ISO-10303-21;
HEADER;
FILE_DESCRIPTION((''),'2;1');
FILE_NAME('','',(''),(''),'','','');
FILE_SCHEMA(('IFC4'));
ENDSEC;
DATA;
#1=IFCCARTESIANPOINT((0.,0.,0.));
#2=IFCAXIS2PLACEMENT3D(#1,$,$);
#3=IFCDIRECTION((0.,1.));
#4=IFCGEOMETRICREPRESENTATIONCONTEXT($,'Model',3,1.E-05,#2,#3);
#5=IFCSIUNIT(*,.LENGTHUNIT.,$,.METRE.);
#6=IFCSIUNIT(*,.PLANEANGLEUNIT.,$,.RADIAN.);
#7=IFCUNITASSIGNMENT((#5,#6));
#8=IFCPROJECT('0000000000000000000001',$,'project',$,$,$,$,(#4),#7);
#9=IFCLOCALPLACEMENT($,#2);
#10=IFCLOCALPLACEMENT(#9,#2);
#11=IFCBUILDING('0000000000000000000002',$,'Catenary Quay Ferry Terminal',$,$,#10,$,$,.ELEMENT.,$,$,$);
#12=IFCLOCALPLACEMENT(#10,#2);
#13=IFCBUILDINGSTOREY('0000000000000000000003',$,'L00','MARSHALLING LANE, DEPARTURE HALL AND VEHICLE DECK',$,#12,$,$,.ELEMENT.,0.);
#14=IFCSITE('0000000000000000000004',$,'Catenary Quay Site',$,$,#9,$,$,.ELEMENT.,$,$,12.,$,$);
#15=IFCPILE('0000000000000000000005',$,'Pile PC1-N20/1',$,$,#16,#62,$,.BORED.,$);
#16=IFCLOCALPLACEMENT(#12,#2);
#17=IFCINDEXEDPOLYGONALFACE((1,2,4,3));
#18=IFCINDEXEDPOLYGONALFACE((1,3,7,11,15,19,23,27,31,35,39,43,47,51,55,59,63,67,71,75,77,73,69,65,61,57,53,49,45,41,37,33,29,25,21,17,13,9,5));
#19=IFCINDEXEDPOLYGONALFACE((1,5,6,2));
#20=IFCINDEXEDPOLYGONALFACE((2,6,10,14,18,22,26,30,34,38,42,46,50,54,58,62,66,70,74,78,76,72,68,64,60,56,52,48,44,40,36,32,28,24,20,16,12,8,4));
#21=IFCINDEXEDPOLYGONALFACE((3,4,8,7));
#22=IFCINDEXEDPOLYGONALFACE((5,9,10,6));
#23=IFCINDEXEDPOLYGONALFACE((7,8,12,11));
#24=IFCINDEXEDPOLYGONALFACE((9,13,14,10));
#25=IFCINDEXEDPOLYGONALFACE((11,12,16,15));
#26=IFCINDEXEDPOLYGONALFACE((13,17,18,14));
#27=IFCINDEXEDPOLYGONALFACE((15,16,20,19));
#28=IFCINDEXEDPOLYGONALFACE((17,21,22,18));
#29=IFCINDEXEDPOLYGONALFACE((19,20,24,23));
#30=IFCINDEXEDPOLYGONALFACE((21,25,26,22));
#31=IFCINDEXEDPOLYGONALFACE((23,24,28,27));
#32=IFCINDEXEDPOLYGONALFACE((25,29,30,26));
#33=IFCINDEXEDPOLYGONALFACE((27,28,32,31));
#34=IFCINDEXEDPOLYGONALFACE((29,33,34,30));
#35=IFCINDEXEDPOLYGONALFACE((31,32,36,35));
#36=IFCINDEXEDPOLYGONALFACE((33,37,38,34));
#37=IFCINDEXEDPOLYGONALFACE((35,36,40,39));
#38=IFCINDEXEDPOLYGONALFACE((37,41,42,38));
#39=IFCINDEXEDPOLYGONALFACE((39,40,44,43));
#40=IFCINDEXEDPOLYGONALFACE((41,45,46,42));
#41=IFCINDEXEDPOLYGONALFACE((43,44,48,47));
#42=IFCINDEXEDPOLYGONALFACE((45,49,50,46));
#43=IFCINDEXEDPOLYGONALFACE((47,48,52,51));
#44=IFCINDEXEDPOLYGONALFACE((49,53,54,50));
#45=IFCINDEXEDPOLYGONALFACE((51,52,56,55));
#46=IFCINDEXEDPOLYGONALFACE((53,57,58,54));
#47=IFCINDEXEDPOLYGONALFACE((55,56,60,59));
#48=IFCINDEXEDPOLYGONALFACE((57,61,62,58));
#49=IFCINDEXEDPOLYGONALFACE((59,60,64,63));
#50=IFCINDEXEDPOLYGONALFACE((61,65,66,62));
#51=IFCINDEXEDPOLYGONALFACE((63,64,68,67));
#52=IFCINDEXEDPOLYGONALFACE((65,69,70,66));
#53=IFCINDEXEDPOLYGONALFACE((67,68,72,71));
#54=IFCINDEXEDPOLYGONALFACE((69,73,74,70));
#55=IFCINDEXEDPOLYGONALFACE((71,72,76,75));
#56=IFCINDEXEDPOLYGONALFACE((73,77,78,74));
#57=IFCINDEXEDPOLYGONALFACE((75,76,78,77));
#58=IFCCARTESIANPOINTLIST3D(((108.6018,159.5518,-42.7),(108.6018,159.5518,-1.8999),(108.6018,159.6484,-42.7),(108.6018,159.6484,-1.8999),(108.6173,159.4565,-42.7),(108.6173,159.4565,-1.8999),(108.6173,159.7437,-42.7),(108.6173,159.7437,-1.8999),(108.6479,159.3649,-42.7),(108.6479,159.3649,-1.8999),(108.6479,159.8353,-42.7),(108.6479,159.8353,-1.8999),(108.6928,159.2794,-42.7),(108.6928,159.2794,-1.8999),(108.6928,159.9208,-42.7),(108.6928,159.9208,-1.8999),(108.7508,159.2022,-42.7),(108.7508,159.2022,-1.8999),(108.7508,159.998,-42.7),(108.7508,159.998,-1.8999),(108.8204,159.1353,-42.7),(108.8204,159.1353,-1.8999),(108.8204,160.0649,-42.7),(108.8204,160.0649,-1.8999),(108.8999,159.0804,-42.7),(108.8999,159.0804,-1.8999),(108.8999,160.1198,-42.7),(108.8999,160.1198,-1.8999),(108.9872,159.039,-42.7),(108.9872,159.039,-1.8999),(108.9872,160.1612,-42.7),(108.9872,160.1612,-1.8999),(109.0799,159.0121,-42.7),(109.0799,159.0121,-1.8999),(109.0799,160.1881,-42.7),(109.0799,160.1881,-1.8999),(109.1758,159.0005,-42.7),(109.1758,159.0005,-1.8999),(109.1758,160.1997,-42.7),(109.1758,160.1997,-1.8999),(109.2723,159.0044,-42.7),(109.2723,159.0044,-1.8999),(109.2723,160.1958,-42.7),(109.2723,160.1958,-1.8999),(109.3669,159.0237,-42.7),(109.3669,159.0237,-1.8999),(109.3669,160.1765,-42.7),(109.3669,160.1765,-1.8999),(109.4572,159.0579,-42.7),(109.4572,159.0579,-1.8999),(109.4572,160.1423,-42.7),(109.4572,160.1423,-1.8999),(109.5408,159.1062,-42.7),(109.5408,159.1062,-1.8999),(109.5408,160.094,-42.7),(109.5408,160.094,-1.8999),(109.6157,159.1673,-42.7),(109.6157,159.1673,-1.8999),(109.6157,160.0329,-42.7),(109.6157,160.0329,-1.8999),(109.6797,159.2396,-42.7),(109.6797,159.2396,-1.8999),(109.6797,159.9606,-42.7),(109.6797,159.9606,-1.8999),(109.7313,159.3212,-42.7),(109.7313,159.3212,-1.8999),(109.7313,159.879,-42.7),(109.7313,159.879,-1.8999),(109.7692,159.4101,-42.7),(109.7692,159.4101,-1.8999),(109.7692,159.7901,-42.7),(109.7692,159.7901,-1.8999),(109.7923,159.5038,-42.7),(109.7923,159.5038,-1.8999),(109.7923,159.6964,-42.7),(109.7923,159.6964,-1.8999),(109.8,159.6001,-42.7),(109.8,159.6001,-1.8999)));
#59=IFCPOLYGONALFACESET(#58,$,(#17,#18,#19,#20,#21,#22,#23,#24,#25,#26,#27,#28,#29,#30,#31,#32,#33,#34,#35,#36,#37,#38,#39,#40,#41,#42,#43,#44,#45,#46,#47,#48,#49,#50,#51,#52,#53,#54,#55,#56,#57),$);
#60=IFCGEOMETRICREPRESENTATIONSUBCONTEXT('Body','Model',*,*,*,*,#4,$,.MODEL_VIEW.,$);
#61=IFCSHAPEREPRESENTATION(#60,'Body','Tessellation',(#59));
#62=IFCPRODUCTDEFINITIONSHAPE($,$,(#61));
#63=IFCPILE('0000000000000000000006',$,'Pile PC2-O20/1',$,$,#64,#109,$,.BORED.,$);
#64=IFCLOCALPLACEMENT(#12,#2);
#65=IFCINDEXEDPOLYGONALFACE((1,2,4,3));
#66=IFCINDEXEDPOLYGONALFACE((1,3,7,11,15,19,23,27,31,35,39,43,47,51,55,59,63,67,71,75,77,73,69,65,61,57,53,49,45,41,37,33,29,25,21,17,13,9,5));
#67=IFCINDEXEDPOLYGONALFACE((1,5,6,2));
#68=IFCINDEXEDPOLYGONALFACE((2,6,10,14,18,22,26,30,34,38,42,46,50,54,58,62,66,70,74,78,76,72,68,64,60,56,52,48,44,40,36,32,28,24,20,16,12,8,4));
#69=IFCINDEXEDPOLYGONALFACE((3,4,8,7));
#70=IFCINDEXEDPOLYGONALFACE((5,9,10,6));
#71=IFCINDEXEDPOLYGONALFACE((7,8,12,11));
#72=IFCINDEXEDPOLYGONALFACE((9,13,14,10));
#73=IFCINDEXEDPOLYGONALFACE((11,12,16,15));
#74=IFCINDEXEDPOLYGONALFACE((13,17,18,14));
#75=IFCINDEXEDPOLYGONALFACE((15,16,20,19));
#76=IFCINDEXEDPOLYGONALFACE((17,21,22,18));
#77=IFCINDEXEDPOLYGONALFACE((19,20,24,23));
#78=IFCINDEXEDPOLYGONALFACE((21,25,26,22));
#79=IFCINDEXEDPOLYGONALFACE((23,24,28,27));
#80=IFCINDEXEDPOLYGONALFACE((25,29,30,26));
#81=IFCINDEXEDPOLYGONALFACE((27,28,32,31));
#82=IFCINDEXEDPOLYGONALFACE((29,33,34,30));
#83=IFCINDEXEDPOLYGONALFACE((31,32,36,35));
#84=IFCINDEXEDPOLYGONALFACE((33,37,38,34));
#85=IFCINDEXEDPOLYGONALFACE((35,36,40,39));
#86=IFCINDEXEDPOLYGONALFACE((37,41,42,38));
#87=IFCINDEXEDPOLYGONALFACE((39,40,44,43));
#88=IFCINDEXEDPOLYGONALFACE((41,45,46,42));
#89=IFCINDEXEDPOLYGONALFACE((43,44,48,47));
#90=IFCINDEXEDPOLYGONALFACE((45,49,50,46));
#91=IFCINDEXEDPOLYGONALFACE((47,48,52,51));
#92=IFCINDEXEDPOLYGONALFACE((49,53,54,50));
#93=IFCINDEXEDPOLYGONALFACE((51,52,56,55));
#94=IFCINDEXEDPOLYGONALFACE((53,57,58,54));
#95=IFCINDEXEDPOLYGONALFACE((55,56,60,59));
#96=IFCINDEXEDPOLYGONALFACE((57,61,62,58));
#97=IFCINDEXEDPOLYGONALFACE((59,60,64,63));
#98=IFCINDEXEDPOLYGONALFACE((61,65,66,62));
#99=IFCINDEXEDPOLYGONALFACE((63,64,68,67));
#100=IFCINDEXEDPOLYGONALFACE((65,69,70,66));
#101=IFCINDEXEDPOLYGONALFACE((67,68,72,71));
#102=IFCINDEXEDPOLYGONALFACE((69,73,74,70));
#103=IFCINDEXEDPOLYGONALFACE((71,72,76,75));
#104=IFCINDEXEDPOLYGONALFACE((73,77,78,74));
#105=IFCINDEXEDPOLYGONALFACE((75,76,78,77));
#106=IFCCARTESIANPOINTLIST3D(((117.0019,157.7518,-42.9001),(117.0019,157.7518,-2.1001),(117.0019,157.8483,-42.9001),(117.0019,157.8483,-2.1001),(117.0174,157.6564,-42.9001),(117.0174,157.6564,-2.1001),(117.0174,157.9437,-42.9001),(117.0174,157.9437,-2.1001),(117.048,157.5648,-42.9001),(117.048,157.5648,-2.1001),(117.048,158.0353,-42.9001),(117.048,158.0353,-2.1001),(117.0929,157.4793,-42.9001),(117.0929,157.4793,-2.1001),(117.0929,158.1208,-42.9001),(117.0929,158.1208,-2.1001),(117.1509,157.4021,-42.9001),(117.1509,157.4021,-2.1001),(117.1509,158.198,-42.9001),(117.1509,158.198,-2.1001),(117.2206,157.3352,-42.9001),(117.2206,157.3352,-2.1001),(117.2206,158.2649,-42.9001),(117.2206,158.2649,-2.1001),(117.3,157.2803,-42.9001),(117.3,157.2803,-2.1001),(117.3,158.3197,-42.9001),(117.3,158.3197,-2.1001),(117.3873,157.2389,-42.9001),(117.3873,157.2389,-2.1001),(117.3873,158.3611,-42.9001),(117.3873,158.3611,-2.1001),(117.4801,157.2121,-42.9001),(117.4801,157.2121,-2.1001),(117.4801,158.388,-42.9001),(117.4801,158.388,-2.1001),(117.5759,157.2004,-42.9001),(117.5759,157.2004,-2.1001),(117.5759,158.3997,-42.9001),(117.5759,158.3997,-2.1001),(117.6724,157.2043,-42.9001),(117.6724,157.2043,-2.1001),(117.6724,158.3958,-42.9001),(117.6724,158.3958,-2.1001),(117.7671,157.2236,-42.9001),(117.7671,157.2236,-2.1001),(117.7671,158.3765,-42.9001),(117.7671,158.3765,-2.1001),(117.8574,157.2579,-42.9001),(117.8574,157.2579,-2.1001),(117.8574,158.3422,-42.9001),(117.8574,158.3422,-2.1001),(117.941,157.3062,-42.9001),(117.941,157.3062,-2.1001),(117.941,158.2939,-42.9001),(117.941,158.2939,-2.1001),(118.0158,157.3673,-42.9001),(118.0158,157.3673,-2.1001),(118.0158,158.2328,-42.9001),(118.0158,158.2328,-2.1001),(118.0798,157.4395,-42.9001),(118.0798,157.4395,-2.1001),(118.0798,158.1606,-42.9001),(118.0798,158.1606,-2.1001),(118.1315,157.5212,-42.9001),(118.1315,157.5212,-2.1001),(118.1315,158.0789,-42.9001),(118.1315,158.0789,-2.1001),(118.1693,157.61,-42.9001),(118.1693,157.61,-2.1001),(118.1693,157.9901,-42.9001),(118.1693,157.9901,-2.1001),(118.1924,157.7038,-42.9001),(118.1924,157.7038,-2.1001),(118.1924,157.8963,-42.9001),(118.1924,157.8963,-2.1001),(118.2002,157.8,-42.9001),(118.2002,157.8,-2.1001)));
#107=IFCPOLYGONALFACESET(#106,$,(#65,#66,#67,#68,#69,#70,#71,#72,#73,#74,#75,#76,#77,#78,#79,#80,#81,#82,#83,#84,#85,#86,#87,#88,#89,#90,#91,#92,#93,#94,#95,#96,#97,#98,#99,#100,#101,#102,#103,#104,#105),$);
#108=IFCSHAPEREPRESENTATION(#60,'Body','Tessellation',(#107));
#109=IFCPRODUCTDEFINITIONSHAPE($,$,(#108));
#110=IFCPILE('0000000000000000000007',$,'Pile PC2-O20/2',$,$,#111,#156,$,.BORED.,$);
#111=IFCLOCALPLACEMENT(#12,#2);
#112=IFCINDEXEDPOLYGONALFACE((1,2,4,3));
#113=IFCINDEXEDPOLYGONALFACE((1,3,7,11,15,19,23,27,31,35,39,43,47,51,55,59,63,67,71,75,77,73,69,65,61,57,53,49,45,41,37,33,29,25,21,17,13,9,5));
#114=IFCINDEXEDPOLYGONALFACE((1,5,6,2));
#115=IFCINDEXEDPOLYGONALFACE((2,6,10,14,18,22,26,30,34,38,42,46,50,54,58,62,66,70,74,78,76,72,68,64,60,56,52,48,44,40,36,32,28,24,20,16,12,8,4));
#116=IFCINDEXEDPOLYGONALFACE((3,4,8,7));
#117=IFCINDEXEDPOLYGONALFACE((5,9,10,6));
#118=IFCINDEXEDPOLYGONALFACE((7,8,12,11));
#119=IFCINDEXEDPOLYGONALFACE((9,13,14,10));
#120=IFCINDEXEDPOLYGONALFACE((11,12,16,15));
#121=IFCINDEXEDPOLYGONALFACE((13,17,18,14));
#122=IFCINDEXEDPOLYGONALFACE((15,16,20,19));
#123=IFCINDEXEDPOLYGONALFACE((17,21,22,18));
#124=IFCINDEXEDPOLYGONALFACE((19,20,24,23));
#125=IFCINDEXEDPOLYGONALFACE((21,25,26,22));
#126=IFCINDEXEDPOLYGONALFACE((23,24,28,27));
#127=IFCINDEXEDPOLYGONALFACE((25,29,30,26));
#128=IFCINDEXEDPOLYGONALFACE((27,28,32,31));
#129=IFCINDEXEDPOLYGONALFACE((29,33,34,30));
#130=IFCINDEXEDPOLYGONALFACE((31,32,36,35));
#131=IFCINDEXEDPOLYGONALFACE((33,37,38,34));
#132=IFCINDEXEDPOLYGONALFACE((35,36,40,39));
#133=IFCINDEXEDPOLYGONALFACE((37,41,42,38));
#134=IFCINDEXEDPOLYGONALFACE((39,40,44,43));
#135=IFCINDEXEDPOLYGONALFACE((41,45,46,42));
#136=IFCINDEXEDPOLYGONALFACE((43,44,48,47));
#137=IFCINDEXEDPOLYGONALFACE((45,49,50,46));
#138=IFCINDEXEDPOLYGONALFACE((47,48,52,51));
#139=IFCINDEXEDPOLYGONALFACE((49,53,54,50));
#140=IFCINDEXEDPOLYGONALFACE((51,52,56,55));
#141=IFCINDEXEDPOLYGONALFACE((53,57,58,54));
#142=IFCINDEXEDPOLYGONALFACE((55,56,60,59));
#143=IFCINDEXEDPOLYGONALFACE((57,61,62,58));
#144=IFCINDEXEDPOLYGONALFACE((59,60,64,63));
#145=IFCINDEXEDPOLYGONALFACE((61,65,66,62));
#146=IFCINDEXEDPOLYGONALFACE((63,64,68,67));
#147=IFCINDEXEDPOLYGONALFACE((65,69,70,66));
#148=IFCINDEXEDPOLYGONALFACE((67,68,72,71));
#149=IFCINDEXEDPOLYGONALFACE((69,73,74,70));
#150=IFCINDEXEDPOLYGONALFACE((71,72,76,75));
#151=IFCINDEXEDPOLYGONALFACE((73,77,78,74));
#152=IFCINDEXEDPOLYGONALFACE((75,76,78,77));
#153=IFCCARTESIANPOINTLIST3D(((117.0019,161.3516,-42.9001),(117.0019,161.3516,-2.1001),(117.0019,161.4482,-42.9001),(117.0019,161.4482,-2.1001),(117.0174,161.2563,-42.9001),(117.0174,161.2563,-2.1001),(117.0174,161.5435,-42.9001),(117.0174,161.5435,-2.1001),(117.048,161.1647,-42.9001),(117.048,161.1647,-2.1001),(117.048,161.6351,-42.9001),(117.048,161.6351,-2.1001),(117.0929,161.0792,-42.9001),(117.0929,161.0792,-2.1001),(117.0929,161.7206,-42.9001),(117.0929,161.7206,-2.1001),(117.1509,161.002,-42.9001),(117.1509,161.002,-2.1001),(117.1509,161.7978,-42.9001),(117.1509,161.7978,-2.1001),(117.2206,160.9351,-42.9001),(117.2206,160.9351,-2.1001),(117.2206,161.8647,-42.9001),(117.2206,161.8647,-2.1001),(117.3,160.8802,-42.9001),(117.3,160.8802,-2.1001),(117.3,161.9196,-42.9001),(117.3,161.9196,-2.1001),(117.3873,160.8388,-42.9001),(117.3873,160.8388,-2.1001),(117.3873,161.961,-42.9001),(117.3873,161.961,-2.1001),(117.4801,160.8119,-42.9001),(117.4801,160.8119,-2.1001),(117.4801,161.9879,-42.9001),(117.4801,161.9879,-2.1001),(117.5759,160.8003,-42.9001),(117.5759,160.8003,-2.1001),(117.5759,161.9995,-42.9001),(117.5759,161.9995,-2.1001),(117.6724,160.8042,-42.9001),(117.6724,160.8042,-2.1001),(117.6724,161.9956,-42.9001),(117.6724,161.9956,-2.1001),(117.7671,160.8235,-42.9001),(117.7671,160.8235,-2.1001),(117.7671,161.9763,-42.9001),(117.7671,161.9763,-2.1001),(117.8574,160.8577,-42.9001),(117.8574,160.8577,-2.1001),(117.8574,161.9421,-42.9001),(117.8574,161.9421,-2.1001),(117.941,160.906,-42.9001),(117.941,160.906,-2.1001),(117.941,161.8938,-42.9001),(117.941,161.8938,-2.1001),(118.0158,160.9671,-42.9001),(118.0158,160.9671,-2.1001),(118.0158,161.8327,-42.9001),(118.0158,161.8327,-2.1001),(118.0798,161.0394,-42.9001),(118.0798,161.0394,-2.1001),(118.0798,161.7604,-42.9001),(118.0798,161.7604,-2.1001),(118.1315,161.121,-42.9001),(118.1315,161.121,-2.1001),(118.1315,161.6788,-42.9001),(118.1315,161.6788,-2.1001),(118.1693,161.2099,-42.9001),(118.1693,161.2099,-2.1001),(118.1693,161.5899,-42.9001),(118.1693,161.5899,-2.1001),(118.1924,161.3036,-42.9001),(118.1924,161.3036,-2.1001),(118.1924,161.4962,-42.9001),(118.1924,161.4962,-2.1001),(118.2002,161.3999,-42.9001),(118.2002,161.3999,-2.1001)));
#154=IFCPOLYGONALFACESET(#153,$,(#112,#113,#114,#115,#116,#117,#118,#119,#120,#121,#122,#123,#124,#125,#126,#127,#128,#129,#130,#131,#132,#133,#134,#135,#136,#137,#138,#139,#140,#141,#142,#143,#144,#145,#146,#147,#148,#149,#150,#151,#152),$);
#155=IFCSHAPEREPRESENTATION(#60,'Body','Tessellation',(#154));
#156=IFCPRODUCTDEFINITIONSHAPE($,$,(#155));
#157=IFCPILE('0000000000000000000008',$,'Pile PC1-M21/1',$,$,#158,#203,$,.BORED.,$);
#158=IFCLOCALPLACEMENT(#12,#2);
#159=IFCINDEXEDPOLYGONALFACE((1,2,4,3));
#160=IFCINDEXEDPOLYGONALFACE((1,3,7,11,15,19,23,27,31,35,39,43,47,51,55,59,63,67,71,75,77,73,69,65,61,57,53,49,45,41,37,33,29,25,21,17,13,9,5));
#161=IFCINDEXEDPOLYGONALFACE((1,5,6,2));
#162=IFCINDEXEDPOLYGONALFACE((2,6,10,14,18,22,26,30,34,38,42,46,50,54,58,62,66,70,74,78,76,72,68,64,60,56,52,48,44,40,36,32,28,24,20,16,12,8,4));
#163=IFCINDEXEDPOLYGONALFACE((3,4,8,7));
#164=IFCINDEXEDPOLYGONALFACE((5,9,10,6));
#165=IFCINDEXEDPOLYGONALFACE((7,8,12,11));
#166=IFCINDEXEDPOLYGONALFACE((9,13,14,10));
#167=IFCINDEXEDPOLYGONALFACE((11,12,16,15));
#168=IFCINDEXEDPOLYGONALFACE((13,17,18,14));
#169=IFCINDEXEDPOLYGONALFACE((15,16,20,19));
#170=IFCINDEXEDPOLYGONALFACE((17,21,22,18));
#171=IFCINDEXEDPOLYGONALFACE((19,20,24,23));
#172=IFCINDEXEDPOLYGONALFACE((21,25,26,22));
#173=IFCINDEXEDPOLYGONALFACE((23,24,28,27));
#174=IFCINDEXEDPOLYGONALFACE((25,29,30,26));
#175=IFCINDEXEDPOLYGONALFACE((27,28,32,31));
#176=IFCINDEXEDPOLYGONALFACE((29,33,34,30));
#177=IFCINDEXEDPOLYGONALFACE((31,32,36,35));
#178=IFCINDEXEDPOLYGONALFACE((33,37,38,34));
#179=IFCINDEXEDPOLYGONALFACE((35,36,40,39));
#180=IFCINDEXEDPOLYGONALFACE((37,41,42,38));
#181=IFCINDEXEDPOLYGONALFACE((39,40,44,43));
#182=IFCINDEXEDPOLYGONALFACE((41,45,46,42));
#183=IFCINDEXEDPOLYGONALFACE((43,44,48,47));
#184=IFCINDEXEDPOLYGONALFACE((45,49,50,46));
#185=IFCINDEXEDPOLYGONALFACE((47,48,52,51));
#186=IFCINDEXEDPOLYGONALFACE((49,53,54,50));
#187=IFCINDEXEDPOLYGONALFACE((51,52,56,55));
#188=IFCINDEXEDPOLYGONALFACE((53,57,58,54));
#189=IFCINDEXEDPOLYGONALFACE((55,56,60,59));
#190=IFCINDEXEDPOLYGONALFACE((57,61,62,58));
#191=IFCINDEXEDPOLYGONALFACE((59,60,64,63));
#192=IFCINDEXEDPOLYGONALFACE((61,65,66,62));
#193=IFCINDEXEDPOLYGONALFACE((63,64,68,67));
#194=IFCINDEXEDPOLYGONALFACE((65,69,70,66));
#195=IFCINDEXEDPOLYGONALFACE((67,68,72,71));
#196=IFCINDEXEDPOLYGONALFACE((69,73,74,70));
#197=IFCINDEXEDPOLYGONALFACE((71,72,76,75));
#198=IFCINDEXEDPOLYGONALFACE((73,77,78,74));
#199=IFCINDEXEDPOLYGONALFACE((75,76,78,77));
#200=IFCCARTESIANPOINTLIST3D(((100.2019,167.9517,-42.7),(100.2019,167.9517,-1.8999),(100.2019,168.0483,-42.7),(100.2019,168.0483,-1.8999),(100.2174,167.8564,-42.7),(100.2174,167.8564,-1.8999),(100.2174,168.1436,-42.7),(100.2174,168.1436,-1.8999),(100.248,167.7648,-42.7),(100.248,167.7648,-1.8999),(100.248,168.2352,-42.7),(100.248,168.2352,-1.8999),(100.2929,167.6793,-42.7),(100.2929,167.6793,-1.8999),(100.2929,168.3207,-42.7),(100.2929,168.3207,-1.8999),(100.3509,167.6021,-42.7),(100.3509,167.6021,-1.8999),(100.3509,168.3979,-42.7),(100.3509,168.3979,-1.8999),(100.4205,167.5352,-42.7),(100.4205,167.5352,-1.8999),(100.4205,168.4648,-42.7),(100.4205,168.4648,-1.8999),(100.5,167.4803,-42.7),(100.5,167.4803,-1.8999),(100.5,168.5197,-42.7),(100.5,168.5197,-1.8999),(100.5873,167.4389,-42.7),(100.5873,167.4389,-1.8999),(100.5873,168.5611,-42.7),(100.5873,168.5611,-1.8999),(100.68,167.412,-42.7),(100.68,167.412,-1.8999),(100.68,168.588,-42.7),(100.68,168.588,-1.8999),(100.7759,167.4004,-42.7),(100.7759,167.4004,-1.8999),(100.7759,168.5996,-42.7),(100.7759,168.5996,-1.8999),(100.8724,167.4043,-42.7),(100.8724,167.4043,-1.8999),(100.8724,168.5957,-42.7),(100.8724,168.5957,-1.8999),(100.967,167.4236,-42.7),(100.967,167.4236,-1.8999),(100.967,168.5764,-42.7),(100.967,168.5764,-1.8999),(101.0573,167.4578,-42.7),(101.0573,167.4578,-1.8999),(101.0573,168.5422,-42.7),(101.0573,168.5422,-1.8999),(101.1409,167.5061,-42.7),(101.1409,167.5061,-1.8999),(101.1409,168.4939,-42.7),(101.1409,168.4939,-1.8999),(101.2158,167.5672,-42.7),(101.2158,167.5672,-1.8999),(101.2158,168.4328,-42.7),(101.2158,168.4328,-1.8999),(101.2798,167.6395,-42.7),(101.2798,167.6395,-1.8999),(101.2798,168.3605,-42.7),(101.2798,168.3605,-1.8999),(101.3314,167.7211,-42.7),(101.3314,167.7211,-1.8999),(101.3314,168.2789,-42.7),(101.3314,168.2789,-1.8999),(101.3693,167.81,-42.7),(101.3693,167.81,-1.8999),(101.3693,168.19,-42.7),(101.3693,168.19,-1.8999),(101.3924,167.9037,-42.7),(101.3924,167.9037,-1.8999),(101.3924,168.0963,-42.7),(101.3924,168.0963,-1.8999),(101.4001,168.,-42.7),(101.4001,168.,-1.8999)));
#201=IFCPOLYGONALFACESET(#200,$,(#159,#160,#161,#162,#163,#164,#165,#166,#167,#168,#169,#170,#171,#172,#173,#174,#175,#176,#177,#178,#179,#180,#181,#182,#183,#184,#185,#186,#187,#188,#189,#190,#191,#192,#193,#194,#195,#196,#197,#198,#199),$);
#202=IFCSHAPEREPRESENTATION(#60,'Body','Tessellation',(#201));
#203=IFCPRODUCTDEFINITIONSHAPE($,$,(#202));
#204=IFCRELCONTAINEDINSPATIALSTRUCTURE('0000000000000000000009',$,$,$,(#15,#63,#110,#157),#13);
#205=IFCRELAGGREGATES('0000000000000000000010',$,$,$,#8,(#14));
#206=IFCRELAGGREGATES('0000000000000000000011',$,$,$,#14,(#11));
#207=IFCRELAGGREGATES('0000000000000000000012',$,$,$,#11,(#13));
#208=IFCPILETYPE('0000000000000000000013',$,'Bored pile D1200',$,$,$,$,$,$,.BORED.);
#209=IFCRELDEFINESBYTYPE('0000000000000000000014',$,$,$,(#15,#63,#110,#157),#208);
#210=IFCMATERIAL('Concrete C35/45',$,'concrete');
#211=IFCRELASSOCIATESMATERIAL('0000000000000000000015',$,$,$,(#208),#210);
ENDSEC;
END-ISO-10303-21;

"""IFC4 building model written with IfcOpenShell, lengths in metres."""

from ifc_helpers import new_model, si_unit, direction, frame, origin, origin_2d, place, context, subcontext, project, spatial, circle, extrude, material, material_profile, profile_set, type_object, element, save


model = new_model("IFC4")

# Units and contexts
model_context = context("Model", 3, precision=1e-05, world=origin(), true_north=direction((0.0, 1.0)))
body_context = subcontext(model_context, "Body", "Model", "MODEL_VIEW")
ifc_project = project(units=[si_unit("LENGTHUNIT", "METRE"), si_unit("PLANEANGLEUNIT", "RADIAN")], contexts=[model_context])

# Site, building, storey
site_placement = place(None, origin())
site = spatial("IfcSite", under=ifc_project, at=site_placement, Name="Catenary Quay Site", CompositionType="ELEMENT", RefElevation=12.0)
building_placement = place(site_placement, origin())
building = spatial("IfcBuilding", under=site, at=building_placement, Name="Catenary Quay Ferry Terminal", CompositionType="ELEMENT")
storey_placement = place(building_placement, origin())
storey = spatial("IfcBuildingStorey", under=building, at=storey_placement, Name="L00", Description="MARSHALLING LANE, DEPARTURE HALL AND VEHICLE DECK", CompositionType="ELEMENT", Elevation=0.0)

# Piles
ifc_material_1 = material(Name="Concrete C35/45", Category="concrete")
ifc_material_profile = material_profile(ifc_material_1, circle(Radius=0.6001, at=origin_2d()), Name="D1200")
ifc_profile_set = profile_set([ifc_material_profile], Name="Concrete C35/45")
pile_type = type_object("IfcPileType", Name="Bored pile D1200", PredefinedType="BORED", material=ifc_profile_set)
for number, where, z_axis, x_axis, name in (
    (1, (109.2, 159.6001, -1.8999), (0.0, 0.0, -1.0), (1.0, 0.0, 0.0), "Pile PC1-N20/1"),
    (2, (117.6001, 157.8, -2.1001), (0.0, 0.0, -1.0), (1.0, 0.0, 0.0), "Pile PC2-O20/1"),
    (3, (117.6001, 161.3999, -2.1001), (0.0, 0.0, -1.0), (1.0, 0.0, 0.0), "Pile PC2-O20/2"),
    (4, (100.8, 168.0, -1.8999), (0.0, 0.0, -1.0), (1.0, 0.0, 0.0), "Pile PC1-M21/1"),
):
    element("IfcPile", number, at=place(storey_placement, frame(where, z_axis=z_axis, x_axis=x_axis)), inside=storey, type_object=pile_type, Name=name, PredefinedType="BORED", context=body_context, shape_type="SweptSolid", body=[
        extrude(circle(Radius=0.6001, at=origin_2d()), origin(), (0.0, 0.0, 1.0), 40.8),
    ])

save(model, "model.ifc")
